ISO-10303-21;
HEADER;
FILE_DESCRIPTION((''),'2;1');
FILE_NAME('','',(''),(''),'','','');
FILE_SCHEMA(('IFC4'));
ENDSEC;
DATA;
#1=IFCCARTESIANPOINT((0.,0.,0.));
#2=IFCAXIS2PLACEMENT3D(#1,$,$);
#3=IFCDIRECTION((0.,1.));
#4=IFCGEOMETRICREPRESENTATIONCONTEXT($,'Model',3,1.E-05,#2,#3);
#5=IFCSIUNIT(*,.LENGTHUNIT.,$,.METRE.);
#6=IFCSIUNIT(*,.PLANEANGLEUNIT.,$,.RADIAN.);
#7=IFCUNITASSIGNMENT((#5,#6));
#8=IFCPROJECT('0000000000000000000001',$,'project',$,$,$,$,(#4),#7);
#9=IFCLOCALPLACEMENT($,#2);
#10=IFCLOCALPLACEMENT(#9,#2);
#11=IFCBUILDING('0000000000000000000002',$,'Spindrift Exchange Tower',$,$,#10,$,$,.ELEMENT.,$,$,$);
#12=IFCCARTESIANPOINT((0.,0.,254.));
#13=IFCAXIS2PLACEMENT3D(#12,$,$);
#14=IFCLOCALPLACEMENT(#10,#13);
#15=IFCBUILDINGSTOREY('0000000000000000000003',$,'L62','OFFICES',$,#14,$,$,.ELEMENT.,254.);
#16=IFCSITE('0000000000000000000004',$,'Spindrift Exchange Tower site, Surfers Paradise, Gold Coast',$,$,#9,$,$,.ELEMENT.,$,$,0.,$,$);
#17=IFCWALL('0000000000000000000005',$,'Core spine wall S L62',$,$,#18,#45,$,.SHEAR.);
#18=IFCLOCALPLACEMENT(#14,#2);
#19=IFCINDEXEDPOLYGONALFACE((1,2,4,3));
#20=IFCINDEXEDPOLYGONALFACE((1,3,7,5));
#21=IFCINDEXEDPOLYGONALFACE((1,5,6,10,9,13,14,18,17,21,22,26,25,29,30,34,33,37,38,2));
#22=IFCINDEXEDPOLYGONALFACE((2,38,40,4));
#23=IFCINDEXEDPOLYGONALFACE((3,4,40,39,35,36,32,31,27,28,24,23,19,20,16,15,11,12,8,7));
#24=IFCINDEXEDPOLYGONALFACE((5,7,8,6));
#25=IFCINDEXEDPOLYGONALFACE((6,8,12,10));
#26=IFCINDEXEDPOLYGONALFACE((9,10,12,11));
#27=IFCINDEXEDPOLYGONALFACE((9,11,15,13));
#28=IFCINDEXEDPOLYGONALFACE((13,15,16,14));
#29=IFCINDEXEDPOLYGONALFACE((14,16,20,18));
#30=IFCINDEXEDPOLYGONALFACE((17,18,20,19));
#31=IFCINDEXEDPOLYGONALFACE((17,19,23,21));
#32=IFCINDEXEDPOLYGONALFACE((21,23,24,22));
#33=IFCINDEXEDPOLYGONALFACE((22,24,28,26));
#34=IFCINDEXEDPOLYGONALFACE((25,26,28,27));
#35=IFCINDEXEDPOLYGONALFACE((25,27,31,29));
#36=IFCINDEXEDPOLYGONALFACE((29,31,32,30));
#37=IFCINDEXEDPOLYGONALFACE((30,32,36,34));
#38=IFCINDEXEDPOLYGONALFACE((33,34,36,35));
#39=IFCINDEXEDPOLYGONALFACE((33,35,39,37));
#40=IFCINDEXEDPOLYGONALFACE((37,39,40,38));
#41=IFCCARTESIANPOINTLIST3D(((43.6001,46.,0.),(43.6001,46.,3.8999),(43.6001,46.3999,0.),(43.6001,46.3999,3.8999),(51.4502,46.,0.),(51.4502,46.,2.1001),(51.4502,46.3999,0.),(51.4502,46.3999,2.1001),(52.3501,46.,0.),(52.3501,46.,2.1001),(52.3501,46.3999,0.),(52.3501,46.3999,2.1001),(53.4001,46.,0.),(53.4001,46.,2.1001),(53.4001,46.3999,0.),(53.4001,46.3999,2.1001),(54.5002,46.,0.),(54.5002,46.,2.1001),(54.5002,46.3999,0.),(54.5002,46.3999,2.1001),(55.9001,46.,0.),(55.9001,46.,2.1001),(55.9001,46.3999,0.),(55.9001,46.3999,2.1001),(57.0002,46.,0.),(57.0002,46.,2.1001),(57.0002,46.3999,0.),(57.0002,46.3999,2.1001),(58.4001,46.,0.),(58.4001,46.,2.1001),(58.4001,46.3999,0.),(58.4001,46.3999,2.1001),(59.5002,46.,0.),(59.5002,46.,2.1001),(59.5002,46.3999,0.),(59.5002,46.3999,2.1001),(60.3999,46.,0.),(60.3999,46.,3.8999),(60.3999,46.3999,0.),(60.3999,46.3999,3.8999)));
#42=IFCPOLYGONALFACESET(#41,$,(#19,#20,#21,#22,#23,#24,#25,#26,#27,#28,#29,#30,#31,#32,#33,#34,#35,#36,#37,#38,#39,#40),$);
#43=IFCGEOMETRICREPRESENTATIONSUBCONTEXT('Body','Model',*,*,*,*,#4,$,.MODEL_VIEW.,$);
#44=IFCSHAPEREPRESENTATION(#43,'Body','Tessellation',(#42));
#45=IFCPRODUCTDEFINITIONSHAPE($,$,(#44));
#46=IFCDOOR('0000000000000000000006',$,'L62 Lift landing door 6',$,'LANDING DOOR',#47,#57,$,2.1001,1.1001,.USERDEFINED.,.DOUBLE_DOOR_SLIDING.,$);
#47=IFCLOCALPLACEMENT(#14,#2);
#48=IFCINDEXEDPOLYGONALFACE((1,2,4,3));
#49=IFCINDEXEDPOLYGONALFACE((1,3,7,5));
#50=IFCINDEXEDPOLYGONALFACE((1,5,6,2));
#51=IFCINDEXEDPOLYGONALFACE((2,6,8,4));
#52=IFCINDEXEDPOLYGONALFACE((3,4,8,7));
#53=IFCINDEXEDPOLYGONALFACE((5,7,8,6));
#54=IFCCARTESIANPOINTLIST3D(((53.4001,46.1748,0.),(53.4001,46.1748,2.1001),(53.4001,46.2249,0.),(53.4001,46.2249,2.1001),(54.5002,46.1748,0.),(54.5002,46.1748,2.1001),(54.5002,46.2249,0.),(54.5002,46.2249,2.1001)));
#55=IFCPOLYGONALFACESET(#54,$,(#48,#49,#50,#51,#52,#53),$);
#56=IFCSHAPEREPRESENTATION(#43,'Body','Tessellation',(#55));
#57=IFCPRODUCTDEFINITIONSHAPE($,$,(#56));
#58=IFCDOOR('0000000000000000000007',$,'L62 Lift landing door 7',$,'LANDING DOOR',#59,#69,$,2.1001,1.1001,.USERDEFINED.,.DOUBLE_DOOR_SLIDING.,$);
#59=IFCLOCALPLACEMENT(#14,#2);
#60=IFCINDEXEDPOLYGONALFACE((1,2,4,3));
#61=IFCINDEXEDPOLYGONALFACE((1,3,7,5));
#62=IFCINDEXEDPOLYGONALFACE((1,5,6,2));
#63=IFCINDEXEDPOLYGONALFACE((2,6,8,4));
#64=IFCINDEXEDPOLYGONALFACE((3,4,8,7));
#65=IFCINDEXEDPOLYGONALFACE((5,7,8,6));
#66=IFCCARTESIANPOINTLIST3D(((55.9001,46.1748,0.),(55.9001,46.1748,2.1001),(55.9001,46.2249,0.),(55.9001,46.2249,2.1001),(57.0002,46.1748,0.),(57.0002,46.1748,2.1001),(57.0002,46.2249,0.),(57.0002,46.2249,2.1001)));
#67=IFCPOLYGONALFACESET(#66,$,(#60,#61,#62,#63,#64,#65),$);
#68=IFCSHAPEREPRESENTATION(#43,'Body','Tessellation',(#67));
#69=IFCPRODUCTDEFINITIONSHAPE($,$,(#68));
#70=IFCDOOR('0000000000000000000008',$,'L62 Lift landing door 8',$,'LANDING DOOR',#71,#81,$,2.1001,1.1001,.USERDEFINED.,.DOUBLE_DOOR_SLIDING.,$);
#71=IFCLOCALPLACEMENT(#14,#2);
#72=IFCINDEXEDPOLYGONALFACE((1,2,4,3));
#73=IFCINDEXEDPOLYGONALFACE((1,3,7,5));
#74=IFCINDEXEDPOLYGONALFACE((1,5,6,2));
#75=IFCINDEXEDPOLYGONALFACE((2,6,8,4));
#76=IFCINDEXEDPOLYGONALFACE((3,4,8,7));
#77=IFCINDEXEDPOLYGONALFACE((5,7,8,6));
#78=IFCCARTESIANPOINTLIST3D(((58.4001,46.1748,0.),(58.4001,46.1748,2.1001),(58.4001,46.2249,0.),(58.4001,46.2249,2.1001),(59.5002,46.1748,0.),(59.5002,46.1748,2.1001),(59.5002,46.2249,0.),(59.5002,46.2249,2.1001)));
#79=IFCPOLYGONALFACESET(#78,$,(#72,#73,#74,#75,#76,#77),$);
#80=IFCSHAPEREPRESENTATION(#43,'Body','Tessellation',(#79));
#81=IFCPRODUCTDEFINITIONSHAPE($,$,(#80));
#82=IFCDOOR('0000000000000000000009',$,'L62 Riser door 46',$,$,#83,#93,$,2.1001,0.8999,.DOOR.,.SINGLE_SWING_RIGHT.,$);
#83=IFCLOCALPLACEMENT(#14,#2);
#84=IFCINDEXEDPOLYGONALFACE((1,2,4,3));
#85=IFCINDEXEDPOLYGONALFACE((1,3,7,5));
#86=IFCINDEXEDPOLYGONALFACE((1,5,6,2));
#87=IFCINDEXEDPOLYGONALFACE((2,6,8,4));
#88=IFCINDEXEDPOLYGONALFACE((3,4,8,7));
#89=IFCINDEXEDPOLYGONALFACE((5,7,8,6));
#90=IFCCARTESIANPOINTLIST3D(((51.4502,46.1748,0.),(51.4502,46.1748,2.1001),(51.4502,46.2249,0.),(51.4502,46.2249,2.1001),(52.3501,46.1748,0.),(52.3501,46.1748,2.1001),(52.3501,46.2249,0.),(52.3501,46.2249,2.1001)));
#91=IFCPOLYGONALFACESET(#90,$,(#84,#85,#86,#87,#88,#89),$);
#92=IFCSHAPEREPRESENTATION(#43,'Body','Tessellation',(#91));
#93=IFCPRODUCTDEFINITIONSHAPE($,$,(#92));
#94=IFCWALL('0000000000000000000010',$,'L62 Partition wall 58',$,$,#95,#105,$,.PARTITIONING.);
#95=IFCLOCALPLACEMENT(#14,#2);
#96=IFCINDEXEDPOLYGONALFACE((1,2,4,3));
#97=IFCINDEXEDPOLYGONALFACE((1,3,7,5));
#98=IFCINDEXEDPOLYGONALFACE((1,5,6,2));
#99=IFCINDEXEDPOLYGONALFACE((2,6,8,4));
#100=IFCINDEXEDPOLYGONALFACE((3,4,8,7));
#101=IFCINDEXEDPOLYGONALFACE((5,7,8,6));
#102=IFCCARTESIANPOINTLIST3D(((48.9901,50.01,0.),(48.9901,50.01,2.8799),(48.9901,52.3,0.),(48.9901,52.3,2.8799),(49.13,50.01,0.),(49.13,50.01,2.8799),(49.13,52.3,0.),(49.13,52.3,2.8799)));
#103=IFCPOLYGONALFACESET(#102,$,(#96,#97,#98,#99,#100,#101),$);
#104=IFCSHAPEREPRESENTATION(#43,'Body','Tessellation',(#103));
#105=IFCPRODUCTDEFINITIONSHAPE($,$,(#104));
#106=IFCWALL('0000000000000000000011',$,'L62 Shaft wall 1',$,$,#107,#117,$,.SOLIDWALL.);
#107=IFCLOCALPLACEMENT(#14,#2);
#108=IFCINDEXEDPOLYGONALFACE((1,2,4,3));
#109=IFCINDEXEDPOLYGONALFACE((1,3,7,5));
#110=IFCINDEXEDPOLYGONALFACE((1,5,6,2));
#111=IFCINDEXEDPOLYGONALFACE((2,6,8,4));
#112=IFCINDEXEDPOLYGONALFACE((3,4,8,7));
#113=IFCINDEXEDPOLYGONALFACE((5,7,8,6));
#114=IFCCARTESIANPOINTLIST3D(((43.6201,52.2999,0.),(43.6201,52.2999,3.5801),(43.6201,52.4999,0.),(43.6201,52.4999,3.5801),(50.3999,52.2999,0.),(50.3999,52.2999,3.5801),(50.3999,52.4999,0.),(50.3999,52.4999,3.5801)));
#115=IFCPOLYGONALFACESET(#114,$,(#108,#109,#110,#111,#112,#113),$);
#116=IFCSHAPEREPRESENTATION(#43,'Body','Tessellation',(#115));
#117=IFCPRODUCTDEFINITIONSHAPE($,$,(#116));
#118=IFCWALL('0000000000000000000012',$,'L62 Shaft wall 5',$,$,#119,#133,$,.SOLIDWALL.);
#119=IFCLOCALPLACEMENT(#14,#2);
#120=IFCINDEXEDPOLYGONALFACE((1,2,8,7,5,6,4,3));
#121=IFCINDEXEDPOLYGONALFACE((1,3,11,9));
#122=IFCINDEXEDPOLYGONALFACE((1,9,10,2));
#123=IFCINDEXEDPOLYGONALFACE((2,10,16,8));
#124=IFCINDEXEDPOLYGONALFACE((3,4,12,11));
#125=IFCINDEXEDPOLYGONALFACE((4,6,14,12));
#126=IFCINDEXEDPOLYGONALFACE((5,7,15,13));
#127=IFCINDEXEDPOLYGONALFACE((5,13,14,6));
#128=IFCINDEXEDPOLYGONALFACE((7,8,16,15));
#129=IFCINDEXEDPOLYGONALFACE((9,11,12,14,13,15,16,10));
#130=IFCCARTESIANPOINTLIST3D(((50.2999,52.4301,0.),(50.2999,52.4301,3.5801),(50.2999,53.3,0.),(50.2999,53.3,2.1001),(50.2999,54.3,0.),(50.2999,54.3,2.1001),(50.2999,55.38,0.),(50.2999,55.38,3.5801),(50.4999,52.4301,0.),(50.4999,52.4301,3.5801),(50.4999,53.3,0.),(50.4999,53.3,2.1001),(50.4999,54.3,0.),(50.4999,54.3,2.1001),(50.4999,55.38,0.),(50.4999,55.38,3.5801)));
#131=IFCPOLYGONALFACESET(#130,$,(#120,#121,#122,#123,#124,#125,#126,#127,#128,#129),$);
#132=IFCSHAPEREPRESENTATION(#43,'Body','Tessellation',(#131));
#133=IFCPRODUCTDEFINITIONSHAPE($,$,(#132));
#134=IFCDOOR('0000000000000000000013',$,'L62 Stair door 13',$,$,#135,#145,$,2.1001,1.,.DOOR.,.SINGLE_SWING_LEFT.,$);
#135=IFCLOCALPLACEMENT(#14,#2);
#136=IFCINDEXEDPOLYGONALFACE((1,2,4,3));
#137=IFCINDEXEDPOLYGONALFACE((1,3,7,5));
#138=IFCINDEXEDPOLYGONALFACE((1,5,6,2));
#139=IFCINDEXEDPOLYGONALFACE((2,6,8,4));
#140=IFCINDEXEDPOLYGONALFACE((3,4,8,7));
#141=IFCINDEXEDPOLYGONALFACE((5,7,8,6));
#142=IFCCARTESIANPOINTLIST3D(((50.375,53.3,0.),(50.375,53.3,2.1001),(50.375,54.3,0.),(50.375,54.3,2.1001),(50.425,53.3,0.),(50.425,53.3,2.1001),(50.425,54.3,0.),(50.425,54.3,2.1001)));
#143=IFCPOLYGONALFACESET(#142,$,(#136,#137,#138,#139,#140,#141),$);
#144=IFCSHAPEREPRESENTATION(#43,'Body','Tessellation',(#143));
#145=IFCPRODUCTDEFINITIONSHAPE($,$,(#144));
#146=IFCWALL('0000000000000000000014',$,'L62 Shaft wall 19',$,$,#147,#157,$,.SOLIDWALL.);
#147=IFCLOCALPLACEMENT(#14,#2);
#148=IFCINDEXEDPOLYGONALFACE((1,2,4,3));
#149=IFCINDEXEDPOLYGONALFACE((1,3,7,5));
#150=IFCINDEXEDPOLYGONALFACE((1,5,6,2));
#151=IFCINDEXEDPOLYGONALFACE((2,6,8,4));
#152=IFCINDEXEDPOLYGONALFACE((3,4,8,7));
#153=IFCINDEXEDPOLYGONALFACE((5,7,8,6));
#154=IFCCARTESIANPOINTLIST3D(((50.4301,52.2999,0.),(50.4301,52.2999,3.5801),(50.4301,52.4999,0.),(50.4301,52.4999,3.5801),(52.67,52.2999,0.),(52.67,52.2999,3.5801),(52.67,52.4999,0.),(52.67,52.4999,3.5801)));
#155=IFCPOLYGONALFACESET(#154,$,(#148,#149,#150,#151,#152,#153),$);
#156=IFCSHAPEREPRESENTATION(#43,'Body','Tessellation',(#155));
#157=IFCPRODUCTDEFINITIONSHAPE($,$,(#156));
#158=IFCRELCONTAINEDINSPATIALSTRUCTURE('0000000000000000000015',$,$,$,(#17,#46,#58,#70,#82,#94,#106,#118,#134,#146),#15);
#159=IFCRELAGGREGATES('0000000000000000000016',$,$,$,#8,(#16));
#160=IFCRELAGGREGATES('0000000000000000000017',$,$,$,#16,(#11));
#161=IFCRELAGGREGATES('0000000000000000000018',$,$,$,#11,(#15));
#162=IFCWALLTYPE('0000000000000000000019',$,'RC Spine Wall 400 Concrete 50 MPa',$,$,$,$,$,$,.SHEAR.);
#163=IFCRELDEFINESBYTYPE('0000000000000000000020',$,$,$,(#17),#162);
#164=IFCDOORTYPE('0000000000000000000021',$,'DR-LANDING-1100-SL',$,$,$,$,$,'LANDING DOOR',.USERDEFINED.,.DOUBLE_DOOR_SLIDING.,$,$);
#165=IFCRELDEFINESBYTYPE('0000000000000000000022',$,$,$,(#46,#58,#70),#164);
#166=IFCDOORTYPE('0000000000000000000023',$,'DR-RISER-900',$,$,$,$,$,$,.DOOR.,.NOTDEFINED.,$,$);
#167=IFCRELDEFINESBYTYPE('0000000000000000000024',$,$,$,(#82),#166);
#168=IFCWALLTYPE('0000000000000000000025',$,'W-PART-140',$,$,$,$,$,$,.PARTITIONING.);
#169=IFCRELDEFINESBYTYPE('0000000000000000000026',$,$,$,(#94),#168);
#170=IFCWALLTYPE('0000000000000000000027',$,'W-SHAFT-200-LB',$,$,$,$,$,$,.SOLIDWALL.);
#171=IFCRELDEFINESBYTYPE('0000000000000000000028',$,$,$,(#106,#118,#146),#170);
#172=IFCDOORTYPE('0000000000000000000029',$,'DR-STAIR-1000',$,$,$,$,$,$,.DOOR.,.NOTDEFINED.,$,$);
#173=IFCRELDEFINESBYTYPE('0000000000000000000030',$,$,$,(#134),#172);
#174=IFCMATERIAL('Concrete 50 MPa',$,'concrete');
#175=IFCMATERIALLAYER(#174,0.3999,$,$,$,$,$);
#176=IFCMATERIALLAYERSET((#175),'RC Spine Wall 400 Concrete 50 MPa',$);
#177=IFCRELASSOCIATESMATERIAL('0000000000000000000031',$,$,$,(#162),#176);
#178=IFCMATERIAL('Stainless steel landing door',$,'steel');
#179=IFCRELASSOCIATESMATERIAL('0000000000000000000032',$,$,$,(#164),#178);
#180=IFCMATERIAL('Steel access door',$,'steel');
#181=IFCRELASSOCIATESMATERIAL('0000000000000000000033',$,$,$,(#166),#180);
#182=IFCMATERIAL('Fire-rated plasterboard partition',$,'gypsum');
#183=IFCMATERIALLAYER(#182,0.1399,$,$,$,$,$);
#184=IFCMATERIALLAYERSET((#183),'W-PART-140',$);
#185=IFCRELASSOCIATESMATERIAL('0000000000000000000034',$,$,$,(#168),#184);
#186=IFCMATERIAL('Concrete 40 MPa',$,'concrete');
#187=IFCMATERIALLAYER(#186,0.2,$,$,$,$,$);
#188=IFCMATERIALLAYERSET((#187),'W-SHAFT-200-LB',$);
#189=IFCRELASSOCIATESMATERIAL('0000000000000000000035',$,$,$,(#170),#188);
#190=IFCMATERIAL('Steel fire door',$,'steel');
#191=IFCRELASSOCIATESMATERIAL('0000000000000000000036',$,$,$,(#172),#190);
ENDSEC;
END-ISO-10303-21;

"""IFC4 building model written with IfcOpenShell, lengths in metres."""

from ifc_helpers import new_model, si_unit, direction, frame, frame_2d, origin, place, context, subcontext, project, spatial, rectangle, extrude, source, transform, mapped, material, layer, layer_set, type_object, element, fill, save


model = new_model("IFC4")

# Units and contexts
model_context = context("Model", 3, precision=1e-05, world=origin(), true_north=direction((0.0, 1.0)))
body_context = subcontext(model_context, "Body", "Model", "MODEL_VIEW")
ifc_project = project(units=[si_unit("LENGTHUNIT", "METRE"), si_unit("PLANEANGLEUNIT", "RADIAN")], contexts=[model_context])

# Site, building, storey
site_placement = place(None, origin())
site = spatial("IfcSite", under=ifc_project, at=site_placement, Name="Spindrift Exchange Tower site, Surfers Paradise, Gold Coast", CompositionType="ELEMENT", RefElevation=0.0)
building_placement = place(site_placement, origin())
building = spatial("IfcBuilding", under=site, at=building_placement, Name="Spindrift Exchange Tower", CompositionType="ELEMENT")
storey_placement = place(building_placement, frame((0.0, 0.0, 254.0)))
storey = spatial("IfcBuildingStorey", under=building, at=storey_placement, Name="L62", Description="OFFICES", CompositionType="ELEMENT", Elevation=254.0)

# Wall, openings, doors
ifc_material_1 = material(Name="Concrete 50 MPa", Category="concrete")
ifc_layer_1 = layer(ifc_material_1, 0.3999)
ifc_layer_set_1 = layer_set([ifc_layer_1], Name="RC Spine Wall 400 Concrete 50 MPa")
wall_type_1 = type_object("IfcWallType", Name="RC Spine Wall 400 Concrete 50 MPa", PredefinedType="SHEAR", material=ifc_layer_set_1)
ifc_material_2 = material(Name="Stainless steel landing door", Category="steel")
door_type_1 = type_object("IfcDoorType", Name="DR-LANDING-1100-SL", ElementType="LANDING DOOR", OperationType="DOUBLE_DOOR_SLIDING", PredefinedType="USERDEFINED", material=ifc_material_2)
shared_shape_1 = source(origin(), body_context, "Body", "SweptSolid", [
    extrude(rectangle(XDim=1.1001, YDim=2.1001, at=frame_2d((0.55, 1.05))), frame((0.0, 0.0249, 0.0), z_axis=(0.0, -1.0, 0.0), x_axis=(1.0, 0.0, 0.0)), (0.0, 0.0, 1.0), 0.05),
])
ifc_material_3 = material(Name="Steel access door", Category="steel")
door_type_2 = type_object("IfcDoorType", Name="DR-RISER-900", OperationType="NOTDEFINED", PredefinedType="DOOR", material=ifc_material_3)
shared_shape_2 = source(origin(), body_context, "Body", "SweptSolid", [
    extrude(rectangle(XDim=0.8999, YDim=2.1001, at=frame_2d((0.45, 1.05))), frame((0.0, 0.0249, 0.0), z_axis=(0.0, -1.0, 0.0), x_axis=(1.0, 0.0, 0.0)), (0.0, 0.0, 1.0), 0.05),
])
wall_1_placement = place(storey_placement, frame((43.6001, 46.2, 0.0), z_axis=(0.0, 0.0, 1.0), x_axis=(1.0, 0.0, 0.0)))
wall_1 = element("IfcWall", 1, at=wall_1_placement, inside=storey, type_object=wall_type_1, Name="Core spine wall S L62", PredefinedType="SHEAR", context=body_context, shape_type="SweptSolid", body=[
    extrude(rectangle(XDim=16.7998, YDim=0.3999, at=frame_2d((8.3999, 0.0))), origin(), (0.0, 0.0, 1.0), 3.8999),
])
opening_1_placement = place(wall_1_placement, frame((9.8, 0.0, 0.0)))
opening_1 = element("IfcOpeningElement", 2, at=opening_1_placement, cuts=wall_1, PredefinedType="OPENING", context=body_context, shape_type="SweptSolid", body=[
    extrude(rectangle(XDim=1.1001, YDim=2.1001, at=frame_2d((0.55, 1.05))), frame((0.0, 0.21, 0.0), z_axis=(0.0, -1.0, 0.0), x_axis=(1.0, 0.0, 0.0)), (0.0, 0.0, 1.0), 0.4199),
])
opening_2_placement = place(wall_1_placement, frame((12.3, 0.0, 0.0)))
opening_2 = element("IfcOpeningElement", 3, at=opening_2_placement, cuts=wall_1, PredefinedType="OPENING", context=body_context, shape_type="SweptSolid", body=[
    extrude(rectangle(XDim=1.1001, YDim=2.1001, at=frame_2d((0.55, 1.05))), frame((0.0, 0.21, 0.0), z_axis=(0.0, -1.0, 0.0), x_axis=(1.0, 0.0, 0.0)), (0.0, 0.0, 1.0), 0.4199),
])
opening_3_placement = place(wall_1_placement, frame((14.8, 0.0, 0.0)))
opening_3 = element("IfcOpeningElement", 4, at=opening_3_placement, cuts=wall_1, PredefinedType="OPENING", context=body_context, shape_type="SweptSolid", body=[
    extrude(rectangle(XDim=1.1001, YDim=2.1001, at=frame_2d((0.55, 1.05))), frame((0.0, 0.21, 0.0), z_axis=(0.0, -1.0, 0.0), x_axis=(1.0, 0.0, 0.0)), (0.0, 0.0, 1.0), 0.4199),
])
opening_4_placement = place(wall_1_placement, frame((7.8501, 0.0, 0.0)))
opening_4 = element("IfcOpeningElement", 5, at=opening_4_placement, cuts=wall_1, PredefinedType="OPENING", context=body_context, shape_type="SweptSolid", body=[
    extrude(rectangle(XDim=0.8999, YDim=2.1001, at=frame_2d((0.45, 1.05))), frame((0.0, 0.21, 0.0), z_axis=(0.0, -1.0, 0.0), x_axis=(1.0, 0.0, 0.0)), (0.0, 0.0, 1.0), 0.4199),
])
door_1_placement = place(opening_1_placement, origin())
door_1 = element("IfcDoor", 6, at=door_1_placement, inside=storey, type_object=door_type_1, Name="L62 Lift landing door 6", ObjectType="LANDING DOOR", OperationType="DOUBLE_DOOR_SLIDING", OverallHeight=2.1001, OverallWidth=1.1001, PredefinedType="USERDEFINED", context=body_context, shape_type="MappedRepresentation", body=[
    mapped(shared_shape_1, transform((0.0, 0.0, 0.0), scale=1.0)),
])
fill(opening_1, door_1)
door_2_placement = place(opening_2_placement, origin())
door_2 = element("IfcDoor", 7, at=door_2_placement, inside=storey, type_object=door_type_1, Name="L62 Lift landing door 7", ObjectType="LANDING DOOR", OperationType="DOUBLE_DOOR_SLIDING", OverallHeight=2.1001, OverallWidth=1.1001, PredefinedType="USERDEFINED", context=body_context, shape_type="MappedRepresentation", body=[
    mapped(shared_shape_1, transform((0.0, 0.0, 0.0), scale=1.0)),
])
fill(opening_2, door_2)
door_3_placement = place(opening_3_placement, origin())
door_3 = element("IfcDoor", 8, at=door_3_placement, inside=storey, type_object=door_type_1, Name="L62 Lift landing door 8", ObjectType="LANDING DOOR", OperationType="DOUBLE_DOOR_SLIDING", OverallHeight=2.1001, OverallWidth=1.1001, PredefinedType="USERDEFINED", context=body_context, shape_type="MappedRepresentation", body=[
    mapped(shared_shape_1, transform((0.0, 0.0, 0.0), scale=1.0)),
])
fill(opening_3, door_3)
door_4_placement = place(opening_4_placement, origin())
door_4 = element("IfcDoor", 9, at=door_4_placement, inside=storey, type_object=door_type_2, Name="L62 Riser door 46", OperationType="SINGLE_SWING_RIGHT", OverallHeight=2.1001, OverallWidth=0.8999, PredefinedType="DOOR", context=body_context, shape_type="MappedRepresentation", body=[
    mapped(shared_shape_2, transform((0.0, 0.0, 0.0), scale=1.0)),
])
fill(opening_4, door_4)

# Walls
ifc_material_4 = material(Name="Fire-rated plasterboard partition", Category="gypsum")
ifc_layer_2 = layer(ifc_material_4, 0.1399)
ifc_layer_set_2 = layer_set([ifc_layer_2], Name="W-PART-140")
wall_type_2 = type_object("IfcWallType", Name="W-PART-140", PredefinedType="PARTITIONING", material=ifc_layer_set_2)
wall_2_placement = place(storey_placement, frame((49.0601, 50.01, 0.0), z_axis=(0.0, 0.0, 1.0), x_axis=(0.0, 1.0, 0.0)))
element("IfcWall", 10, at=wall_2_placement, inside=storey, type_object=wall_type_2, Name="L62 Partition wall 58", PredefinedType="PARTITIONING", context=body_context, shape_type="SweptSolid", body=[
    extrude(rectangle(XDim=2.29, YDim=0.1399, at=frame_2d((1.145, 0.0))), origin(), (0.0, 0.0, 1.0), 2.8799),
])
ifc_material_5 = material(Name="Concrete 40 MPa", Category="concrete")
ifc_layer_3 = layer(ifc_material_5, 0.2)
ifc_layer_set_3 = layer_set([ifc_layer_3], Name="W-SHAFT-200-LB")
wall_type_3 = type_object("IfcWallType", Name="W-SHAFT-200-LB", PredefinedType="SOLIDWALL", material=ifc_layer_set_3)
wall_3_placement = place(storey_placement, frame((43.6201, 52.3999, 0.0), z_axis=(0.0, 0.0, 1.0), x_axis=(1.0, 0.0, 0.0)))
element("IfcWall", 11, at=wall_3_placement, inside=storey, type_object=wall_type_3, Name="L62 Shaft wall 1", PredefinedType="SOLIDWALL", context=body_context, shape_type="SweptSolid", body=[
    extrude(rectangle(XDim=6.7798, YDim=0.2, at=frame_2d((3.3899, 0.0))), origin(), (0.0, 0.0, 1.0), 3.5801),
])

# Wall, opening, door
wall_4_placement = place(storey_placement, frame((50.3999, 52.4299, 0.0), z_axis=(0.0, 0.0, 1.0), x_axis=(0.0, 1.0, 0.0)))
wall_4 = element("IfcWall", 12, at=wall_4_placement, inside=storey, type_object=wall_type_3, Name="L62 Shaft wall 5", PredefinedType="SOLIDWALL", context=body_context, shape_type="SweptSolid", body=[
    extrude(rectangle(XDim=2.95, YDim=0.2, at=frame_2d((1.4751, 0.0))), origin(), (0.0, 0.0, 1.0), 3.5801),
])
opening_5_placement = place(wall_4_placement, frame((0.8701, 0.0, 0.0)))
opening_5 = element("IfcOpeningElement", 13, at=opening_5_placement, cuts=wall_4, PredefinedType="OPENING", context=body_context, shape_type="SweptSolid", body=[
    extrude(rectangle(XDim=1.0, YDim=2.1001, at=frame_2d((0.5, 1.05))), frame((0.0, 0.1099, 0.0), z_axis=(0.0, -1.0, 0.0), x_axis=(1.0, 0.0, 0.0)), (0.0, 0.0, 1.0), 0.22),
])
ifc_material_6 = material(Name="Steel fire door", Category="steel")
door_type_3 = type_object("IfcDoorType", Name="DR-STAIR-1000", OperationType="NOTDEFINED", PredefinedType="DOOR", material=ifc_material_6)
shared_shape_3 = source(origin(), body_context, "Body", "SweptSolid", [
    extrude(rectangle(XDim=1.0, YDim=2.1001, at=frame_2d((0.5, 1.05))), frame((0.0, 0.0249, 0.0), z_axis=(0.0, -1.0, 0.0), x_axis=(1.0, 0.0, 0.0)), (0.0, 0.0, 1.0), 0.05),
])
door_5_placement = place(opening_5_placement, origin())
door_5 = element("IfcDoor", 14, at=door_5_placement, inside=storey, type_object=door_type_3, Name="L62 Stair door 13", OperationType="SINGLE_SWING_LEFT", OverallHeight=2.1001, OverallWidth=1.0, PredefinedType="DOOR", context=body_context, shape_type="MappedRepresentation", body=[
    mapped(shared_shape_3, transform((0.0, 0.0, 0.0), scale=1.0)),
])
fill(opening_5, door_5)

# Wall
wall_5_placement = place(storey_placement, frame((50.4299, 52.3999, 0.0), z_axis=(0.0, 0.0, 1.0), x_axis=(1.0, 0.0, 0.0)))
element("IfcWall", 15, at=wall_5_placement, inside=storey, type_object=wall_type_3, Name="L62 Shaft wall 19", PredefinedType="SOLIDWALL", context=body_context, shape_type="SweptSolid", body=[
    extrude(rectangle(XDim=2.24, YDim=0.2, at=frame_2d((1.1201, 0.0))), origin(), (0.0, 0.0, 1.0), 3.5801),
])

save(model, "model.ifc")
